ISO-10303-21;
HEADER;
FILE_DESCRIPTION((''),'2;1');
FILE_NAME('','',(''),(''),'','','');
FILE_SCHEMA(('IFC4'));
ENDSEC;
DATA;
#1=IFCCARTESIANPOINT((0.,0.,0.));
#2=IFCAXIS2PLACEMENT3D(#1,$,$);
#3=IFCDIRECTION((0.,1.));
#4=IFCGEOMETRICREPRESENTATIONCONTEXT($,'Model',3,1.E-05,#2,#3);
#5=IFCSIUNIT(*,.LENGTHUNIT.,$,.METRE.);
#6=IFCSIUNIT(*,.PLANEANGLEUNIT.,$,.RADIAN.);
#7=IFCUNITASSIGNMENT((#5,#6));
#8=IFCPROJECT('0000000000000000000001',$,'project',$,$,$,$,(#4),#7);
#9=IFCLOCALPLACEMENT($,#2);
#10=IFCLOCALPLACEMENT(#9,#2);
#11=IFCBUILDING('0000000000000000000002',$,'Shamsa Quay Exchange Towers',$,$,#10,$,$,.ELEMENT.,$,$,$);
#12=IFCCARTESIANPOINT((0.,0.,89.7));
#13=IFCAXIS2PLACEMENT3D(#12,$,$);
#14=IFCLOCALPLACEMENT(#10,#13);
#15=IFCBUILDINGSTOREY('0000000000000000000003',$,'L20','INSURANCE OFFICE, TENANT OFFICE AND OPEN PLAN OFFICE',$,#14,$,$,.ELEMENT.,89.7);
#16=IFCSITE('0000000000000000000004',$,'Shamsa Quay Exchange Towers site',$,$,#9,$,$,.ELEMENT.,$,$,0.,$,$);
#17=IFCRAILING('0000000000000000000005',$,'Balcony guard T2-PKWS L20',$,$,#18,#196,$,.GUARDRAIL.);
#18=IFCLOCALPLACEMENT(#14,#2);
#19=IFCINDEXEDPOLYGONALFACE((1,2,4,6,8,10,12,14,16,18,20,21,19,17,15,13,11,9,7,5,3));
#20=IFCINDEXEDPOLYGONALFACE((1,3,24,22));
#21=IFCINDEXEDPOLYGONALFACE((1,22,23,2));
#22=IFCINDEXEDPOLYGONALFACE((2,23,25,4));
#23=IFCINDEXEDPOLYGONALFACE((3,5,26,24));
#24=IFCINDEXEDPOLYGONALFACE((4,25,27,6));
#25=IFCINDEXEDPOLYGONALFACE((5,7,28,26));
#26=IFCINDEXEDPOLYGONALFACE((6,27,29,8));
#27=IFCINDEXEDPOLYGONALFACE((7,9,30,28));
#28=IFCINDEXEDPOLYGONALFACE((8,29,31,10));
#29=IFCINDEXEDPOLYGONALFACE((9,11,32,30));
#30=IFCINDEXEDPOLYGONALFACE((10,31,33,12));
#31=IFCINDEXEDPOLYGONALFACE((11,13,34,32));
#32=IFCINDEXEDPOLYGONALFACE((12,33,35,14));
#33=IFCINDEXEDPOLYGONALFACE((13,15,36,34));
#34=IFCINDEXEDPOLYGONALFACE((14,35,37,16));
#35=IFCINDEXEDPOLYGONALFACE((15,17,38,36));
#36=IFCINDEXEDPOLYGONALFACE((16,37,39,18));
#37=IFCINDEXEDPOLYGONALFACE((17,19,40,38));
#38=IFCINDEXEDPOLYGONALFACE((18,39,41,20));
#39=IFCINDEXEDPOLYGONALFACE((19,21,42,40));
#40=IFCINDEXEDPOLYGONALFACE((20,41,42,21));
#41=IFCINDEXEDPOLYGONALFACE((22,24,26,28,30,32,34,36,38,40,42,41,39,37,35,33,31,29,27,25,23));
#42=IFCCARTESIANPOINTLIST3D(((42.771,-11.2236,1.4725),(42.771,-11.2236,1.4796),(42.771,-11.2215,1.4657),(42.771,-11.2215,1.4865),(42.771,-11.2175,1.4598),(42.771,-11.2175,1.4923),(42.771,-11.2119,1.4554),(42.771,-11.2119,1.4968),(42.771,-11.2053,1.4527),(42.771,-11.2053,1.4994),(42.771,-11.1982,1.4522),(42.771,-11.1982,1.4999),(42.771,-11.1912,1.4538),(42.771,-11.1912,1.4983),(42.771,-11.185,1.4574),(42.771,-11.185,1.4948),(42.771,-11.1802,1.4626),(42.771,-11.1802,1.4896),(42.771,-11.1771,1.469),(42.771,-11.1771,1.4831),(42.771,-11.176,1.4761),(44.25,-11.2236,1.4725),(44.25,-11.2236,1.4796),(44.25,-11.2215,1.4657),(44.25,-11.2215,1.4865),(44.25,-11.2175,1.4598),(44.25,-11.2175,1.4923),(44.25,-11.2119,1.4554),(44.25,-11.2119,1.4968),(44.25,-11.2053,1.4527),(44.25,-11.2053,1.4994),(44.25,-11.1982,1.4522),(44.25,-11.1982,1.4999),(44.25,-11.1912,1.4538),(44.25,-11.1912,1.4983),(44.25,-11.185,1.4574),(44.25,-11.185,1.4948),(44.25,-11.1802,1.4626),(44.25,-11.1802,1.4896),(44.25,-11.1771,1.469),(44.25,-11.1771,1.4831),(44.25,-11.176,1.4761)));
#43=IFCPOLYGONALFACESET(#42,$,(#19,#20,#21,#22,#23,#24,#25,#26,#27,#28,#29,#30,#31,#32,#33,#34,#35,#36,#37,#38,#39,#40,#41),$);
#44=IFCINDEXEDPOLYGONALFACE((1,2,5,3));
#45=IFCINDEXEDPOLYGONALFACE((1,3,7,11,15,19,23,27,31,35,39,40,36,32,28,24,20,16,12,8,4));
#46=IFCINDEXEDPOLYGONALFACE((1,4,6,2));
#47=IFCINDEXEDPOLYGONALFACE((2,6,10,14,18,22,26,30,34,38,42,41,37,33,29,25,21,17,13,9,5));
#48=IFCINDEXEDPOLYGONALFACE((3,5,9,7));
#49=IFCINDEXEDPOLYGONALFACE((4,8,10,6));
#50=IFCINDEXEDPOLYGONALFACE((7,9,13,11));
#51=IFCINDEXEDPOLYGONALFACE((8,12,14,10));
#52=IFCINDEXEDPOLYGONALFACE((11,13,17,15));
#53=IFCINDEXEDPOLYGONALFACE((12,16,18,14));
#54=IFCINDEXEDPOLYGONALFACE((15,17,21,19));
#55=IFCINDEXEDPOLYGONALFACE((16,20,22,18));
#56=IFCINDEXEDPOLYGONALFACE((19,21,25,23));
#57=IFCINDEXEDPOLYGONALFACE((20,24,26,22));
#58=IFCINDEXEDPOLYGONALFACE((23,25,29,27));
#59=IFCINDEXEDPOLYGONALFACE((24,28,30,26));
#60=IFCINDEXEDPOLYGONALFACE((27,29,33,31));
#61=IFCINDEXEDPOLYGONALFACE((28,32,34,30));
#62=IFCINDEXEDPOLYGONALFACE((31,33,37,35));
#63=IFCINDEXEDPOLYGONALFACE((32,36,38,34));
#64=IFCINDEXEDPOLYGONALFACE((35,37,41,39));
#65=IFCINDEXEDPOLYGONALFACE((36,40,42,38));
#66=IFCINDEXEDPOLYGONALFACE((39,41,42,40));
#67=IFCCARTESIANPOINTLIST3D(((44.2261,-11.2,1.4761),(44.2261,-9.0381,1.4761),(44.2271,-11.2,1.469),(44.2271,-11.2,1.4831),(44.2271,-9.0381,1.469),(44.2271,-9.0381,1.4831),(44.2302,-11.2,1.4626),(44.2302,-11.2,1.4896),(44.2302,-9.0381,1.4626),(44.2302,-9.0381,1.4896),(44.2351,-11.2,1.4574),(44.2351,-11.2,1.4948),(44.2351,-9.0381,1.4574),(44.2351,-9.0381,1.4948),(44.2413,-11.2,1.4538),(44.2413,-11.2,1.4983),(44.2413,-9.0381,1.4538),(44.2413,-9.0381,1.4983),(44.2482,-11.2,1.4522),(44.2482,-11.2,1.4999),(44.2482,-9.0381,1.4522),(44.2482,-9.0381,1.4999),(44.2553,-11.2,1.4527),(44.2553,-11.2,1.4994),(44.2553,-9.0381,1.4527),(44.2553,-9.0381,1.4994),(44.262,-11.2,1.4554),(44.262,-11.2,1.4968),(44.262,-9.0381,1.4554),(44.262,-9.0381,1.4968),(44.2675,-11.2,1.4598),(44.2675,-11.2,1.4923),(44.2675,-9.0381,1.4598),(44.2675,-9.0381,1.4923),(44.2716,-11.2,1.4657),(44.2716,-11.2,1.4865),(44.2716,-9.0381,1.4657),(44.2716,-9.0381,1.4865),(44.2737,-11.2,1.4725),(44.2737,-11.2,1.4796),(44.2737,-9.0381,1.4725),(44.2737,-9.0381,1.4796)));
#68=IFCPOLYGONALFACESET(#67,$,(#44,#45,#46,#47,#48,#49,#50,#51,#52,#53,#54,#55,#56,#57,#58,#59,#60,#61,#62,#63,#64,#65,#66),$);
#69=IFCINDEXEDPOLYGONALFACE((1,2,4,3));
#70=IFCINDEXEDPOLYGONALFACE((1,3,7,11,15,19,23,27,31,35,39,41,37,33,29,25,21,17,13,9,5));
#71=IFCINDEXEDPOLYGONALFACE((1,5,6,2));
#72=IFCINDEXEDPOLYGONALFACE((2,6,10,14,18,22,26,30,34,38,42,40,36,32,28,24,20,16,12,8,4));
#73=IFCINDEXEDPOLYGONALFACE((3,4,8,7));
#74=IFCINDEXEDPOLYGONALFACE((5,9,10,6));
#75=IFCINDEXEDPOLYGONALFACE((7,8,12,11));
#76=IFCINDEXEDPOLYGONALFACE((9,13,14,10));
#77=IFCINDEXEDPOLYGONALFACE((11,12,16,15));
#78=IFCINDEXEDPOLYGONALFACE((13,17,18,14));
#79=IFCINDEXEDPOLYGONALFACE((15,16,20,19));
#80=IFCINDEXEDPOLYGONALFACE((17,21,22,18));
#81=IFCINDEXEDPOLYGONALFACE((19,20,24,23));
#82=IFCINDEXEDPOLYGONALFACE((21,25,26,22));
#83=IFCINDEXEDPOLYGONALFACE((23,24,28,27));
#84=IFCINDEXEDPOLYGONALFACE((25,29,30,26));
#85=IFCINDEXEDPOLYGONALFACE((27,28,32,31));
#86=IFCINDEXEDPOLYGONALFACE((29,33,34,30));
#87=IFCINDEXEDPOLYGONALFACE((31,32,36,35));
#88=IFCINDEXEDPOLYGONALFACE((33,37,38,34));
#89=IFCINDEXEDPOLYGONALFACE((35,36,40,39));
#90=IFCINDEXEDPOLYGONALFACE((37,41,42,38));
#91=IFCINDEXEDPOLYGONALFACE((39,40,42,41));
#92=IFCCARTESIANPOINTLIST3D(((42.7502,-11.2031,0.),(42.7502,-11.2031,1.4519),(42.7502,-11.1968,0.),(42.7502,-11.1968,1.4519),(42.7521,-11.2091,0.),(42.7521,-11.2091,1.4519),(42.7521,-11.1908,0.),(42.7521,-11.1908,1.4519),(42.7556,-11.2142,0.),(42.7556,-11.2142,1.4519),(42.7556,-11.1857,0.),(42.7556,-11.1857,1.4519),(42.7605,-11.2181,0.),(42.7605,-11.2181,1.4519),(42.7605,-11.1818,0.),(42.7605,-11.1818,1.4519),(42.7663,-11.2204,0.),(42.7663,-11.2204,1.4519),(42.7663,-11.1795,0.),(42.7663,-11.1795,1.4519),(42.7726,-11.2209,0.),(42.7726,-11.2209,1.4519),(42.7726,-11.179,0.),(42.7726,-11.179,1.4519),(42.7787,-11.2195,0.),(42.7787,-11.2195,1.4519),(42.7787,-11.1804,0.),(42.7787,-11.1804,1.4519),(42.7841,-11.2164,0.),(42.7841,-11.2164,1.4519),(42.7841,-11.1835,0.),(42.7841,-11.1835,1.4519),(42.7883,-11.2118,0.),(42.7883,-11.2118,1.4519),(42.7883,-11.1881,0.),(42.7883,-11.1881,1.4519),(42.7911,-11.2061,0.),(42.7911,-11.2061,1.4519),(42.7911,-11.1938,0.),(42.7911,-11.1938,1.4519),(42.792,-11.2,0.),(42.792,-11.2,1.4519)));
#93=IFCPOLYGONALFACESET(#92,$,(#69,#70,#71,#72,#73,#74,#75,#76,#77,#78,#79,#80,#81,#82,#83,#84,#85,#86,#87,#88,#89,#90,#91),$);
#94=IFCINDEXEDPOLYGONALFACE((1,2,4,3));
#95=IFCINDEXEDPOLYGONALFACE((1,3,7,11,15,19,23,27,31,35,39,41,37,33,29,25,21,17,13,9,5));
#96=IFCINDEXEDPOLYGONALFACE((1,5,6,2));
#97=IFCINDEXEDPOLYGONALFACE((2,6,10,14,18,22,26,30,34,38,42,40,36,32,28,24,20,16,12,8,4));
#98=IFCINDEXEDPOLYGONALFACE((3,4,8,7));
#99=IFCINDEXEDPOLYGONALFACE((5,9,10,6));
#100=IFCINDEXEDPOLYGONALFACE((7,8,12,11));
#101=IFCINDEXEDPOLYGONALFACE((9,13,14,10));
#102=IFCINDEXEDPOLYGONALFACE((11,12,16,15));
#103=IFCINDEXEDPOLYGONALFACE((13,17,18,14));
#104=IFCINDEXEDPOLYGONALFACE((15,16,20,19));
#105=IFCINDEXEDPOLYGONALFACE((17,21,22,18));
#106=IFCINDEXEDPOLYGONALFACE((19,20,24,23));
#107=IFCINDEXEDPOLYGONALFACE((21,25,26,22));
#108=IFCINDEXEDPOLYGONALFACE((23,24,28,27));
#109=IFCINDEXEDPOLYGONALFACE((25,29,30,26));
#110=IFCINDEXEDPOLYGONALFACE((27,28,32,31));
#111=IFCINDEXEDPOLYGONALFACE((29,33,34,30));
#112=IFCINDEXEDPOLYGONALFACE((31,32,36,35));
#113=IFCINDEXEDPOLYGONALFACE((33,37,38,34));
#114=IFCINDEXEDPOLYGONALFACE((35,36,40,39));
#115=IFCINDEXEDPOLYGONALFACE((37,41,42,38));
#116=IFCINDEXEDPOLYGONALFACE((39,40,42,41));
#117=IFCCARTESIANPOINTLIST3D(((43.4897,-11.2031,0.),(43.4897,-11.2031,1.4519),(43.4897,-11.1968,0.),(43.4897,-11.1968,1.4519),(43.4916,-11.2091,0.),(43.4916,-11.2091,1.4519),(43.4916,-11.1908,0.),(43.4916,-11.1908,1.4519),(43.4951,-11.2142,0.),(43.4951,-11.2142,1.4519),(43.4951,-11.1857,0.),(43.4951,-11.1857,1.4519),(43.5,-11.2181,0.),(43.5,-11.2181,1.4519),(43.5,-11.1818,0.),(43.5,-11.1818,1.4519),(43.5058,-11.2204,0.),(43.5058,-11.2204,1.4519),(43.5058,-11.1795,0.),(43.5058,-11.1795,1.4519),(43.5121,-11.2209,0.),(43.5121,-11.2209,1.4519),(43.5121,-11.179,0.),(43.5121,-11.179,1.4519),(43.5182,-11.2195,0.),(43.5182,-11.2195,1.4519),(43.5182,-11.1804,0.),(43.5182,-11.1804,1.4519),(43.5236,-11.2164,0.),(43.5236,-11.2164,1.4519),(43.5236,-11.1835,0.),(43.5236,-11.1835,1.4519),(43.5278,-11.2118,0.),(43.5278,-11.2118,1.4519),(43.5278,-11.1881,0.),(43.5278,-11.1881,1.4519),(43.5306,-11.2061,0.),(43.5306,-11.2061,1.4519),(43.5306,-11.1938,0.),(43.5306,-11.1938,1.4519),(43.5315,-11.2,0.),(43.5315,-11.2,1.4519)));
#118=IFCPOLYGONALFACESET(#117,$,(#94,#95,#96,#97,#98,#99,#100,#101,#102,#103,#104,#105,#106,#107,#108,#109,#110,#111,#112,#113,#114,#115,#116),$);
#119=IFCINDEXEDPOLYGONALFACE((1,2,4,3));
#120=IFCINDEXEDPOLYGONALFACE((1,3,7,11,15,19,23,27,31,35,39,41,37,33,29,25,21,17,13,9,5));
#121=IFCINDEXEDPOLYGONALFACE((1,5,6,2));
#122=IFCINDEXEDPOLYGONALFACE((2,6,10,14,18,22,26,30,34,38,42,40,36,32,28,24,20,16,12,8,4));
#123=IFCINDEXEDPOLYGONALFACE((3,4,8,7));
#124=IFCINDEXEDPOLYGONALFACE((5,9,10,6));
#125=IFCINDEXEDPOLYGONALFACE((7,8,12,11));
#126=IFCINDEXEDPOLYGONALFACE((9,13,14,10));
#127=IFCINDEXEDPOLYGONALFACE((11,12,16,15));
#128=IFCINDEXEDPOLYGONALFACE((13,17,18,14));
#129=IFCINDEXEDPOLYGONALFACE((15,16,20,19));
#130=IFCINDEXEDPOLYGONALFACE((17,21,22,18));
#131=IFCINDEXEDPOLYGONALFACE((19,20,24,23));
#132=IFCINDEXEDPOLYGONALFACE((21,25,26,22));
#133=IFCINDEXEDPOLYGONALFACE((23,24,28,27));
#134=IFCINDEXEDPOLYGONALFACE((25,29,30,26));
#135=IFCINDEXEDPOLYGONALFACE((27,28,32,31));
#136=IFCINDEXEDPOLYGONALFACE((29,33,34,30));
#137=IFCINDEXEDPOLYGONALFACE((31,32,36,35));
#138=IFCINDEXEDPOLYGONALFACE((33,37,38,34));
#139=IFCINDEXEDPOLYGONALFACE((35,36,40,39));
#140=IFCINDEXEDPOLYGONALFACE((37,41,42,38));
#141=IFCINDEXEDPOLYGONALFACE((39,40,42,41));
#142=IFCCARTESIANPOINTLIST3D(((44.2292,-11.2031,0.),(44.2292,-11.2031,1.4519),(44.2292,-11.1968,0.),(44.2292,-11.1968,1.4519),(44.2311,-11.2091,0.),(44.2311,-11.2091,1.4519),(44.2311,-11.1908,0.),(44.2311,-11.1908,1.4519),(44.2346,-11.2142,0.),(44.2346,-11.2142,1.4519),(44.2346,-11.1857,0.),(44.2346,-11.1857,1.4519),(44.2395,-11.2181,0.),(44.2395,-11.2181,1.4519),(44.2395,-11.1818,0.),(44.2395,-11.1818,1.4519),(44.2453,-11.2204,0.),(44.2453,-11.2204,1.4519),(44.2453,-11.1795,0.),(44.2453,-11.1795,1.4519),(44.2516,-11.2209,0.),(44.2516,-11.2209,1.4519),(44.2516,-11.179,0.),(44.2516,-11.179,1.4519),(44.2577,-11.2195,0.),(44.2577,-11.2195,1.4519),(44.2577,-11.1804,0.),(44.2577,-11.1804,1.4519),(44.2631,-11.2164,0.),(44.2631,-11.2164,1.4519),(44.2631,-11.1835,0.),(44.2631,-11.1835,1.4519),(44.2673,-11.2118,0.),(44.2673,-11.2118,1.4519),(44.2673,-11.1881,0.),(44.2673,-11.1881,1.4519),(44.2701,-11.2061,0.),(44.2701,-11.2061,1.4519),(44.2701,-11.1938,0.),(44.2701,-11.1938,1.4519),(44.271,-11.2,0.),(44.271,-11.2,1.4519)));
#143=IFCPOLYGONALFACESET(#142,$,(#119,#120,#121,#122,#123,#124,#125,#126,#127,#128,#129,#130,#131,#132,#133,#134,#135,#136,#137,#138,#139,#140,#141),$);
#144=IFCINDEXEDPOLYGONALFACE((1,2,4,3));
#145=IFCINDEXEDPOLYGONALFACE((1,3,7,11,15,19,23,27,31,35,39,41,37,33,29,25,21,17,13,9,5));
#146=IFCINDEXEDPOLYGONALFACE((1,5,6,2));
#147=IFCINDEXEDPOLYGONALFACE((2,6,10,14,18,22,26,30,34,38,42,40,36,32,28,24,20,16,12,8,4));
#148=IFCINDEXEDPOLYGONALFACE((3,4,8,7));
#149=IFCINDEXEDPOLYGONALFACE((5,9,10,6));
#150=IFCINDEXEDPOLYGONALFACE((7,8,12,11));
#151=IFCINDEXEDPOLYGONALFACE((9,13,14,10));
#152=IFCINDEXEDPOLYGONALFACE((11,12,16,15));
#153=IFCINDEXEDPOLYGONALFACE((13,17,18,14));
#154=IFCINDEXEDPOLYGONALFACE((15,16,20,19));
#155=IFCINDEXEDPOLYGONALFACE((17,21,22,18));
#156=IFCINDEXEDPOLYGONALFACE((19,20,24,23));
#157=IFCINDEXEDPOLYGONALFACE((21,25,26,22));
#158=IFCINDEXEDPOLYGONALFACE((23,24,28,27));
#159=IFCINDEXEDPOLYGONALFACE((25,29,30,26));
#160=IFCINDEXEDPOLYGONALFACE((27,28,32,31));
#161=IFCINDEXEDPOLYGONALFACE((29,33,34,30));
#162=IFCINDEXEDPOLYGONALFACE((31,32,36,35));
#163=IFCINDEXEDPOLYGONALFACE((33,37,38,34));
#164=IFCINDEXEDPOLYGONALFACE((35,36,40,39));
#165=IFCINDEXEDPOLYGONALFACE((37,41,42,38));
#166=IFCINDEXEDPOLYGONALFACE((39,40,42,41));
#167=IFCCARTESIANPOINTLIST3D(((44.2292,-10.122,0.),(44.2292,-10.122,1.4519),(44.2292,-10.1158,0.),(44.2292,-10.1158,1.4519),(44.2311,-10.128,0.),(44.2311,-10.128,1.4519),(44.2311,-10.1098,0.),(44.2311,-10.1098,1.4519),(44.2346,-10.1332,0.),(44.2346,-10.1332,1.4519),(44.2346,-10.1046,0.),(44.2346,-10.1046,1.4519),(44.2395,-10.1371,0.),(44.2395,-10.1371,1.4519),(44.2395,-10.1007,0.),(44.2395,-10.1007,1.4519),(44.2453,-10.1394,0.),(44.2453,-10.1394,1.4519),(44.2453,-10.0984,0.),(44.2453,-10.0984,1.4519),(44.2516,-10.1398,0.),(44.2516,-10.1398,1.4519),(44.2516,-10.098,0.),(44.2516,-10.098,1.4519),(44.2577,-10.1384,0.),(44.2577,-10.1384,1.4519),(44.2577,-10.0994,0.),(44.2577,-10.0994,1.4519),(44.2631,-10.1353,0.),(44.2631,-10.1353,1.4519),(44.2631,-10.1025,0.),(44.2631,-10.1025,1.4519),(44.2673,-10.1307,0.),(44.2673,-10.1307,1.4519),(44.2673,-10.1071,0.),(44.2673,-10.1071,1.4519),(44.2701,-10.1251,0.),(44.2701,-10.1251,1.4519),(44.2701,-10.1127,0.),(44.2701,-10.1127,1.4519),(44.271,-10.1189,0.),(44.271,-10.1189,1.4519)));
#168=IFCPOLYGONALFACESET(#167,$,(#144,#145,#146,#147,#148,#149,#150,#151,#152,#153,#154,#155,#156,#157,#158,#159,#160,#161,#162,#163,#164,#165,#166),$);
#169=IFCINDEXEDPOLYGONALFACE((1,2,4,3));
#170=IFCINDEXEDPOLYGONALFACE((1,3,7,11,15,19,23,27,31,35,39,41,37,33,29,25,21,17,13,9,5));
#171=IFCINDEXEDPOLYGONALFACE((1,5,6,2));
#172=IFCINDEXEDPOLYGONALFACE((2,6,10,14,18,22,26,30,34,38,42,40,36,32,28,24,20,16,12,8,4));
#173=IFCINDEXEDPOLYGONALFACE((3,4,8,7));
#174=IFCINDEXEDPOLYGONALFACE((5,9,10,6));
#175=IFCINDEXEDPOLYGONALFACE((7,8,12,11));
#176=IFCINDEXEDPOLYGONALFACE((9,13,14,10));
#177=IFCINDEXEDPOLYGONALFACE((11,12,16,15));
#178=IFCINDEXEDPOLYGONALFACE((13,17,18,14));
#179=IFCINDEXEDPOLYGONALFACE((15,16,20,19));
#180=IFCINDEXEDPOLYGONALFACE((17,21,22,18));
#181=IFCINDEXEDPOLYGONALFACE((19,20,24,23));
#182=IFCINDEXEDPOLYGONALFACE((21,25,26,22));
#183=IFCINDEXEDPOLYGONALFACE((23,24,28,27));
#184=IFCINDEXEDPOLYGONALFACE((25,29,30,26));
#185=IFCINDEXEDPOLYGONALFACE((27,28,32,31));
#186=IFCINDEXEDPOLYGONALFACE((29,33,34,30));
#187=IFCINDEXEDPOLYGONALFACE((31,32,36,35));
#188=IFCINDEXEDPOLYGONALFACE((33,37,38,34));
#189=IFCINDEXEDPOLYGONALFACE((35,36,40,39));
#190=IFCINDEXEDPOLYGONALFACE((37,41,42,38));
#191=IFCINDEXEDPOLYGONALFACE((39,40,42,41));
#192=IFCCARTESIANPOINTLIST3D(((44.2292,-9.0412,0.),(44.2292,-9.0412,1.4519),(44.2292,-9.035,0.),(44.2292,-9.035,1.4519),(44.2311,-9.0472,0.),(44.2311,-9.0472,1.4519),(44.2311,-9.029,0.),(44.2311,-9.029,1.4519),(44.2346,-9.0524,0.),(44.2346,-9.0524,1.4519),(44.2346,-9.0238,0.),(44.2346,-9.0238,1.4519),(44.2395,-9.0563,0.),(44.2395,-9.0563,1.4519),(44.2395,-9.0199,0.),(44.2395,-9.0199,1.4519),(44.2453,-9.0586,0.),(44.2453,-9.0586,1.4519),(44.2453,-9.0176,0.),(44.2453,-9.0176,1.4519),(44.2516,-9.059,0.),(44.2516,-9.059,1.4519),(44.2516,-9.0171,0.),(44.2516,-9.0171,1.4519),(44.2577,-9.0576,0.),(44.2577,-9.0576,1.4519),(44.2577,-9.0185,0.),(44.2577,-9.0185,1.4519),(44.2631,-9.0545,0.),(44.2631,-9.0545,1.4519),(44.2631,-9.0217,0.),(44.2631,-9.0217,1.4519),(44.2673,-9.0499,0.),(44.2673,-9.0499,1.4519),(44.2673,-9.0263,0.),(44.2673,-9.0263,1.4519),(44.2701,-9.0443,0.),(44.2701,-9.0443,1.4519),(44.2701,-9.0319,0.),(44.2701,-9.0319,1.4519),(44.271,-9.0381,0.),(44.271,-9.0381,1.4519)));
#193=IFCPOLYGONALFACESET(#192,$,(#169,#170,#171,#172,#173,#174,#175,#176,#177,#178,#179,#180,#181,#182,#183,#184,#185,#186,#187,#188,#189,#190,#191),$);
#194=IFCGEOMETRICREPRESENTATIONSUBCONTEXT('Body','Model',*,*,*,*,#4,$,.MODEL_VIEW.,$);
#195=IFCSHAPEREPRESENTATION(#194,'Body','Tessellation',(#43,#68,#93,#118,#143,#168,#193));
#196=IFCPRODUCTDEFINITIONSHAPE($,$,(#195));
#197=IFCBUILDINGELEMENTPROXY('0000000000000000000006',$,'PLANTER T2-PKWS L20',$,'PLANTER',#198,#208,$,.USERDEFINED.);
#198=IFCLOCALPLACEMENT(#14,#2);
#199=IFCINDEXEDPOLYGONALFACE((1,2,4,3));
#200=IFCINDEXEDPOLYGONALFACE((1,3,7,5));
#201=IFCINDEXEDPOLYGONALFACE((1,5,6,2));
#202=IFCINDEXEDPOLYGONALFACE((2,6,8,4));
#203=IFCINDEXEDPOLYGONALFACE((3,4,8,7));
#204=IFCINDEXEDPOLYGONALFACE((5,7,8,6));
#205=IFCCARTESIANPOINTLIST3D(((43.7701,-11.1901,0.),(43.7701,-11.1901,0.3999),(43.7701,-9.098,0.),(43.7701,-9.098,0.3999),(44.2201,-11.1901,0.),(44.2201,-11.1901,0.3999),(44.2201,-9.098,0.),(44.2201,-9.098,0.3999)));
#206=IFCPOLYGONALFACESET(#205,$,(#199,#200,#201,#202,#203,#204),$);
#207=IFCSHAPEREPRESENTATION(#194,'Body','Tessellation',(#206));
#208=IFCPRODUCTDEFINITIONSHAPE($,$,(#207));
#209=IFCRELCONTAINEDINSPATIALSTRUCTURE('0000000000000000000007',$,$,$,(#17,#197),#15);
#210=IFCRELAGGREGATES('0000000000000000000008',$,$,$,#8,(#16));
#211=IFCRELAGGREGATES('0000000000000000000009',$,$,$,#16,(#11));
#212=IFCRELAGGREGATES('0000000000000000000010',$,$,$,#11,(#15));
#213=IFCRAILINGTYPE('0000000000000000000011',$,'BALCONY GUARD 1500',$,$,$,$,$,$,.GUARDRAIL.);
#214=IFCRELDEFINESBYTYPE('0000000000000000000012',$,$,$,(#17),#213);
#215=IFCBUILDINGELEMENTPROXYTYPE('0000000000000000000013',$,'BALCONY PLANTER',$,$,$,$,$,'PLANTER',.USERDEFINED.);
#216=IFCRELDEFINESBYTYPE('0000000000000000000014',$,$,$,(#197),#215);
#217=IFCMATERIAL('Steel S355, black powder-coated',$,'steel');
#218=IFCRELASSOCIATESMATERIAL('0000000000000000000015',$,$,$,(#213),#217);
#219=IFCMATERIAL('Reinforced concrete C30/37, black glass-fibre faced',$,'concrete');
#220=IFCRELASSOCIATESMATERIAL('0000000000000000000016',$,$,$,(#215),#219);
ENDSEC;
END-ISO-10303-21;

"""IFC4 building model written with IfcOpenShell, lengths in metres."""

from ifc_helpers import new_model, si_unit, direction, frame, origin, origin_2d, place, context, subcontext, project, spatial, rectangle, circle, extrude, material, type_object, element, save


model = new_model("IFC4")

# Units and contexts
model_context = context("Model", 3, precision=1e-05, world=origin(), true_north=direction((0.0, 1.0)))
body_context = subcontext(model_context, "Body", "Model", "MODEL_VIEW")
ifc_project = project(units=[si_unit("LENGTHUNIT", "METRE"), si_unit("PLANEANGLEUNIT", "RADIAN")], contexts=[model_context])

# Site, building, storey
site_placement = place(None, origin())
site = spatial("IfcSite", under=ifc_project, at=site_placement, Name="Shamsa Quay Exchange Towers site", CompositionType="ELEMENT", RefElevation=0.0)
building_placement = place(site_placement, origin())
building = spatial("IfcBuilding", under=site, at=building_placement, Name="Shamsa Quay Exchange Towers", CompositionType="ELEMENT")
storey_placement = place(building_placement, frame((0.0, 0.0, 89.7)))
storey = spatial("IfcBuildingStorey", under=building, at=storey_placement, Name="L20", Description="INSURANCE OFFICE, TENANT OFFICE AND OPEN PLAN OFFICE", CompositionType="ELEMENT", Elevation=89.7)

# Railing
ifc_material_1 = material(Name="Steel S355, black powder-coated", Category="steel")
railing_type = type_object("IfcRailingType", Name="BALCONY GUARD 1500", PredefinedType="GUARDRAIL", material=ifc_material_1)
railing_placement = place(storey_placement, frame((42.771, -11.2, 0.0)))
element("IfcRailing", 1, at=railing_placement, inside=storey, type_object=railing_type, Name="Balcony guard T2-PKWS L20", PredefinedType="GUARDRAIL", context=body_context, shape_type="SweptSolid", body=[
    extrude(circle(Radius=0.0239, at=origin_2d()), frame((0.0, 0.0, 1.4761), z_axis=(1.0, 0.0, 0.0), x_axis=(0.0, 1.0, 0.0)), (0.0, 0.0, 1.0), 1.479),
    extrude(circle(Radius=0.0239, at=origin_2d()), frame((1.479, 0.0, 1.4761), z_axis=(0.0, 1.0, 0.0), x_axis=(-1.0, 0.0, 0.0)), (0.0, 0.0, 1.0), 2.1619),
    extrude(circle(Radius=0.021, at=origin_2d()), origin(), (0.0, 0.0, 1.0), 1.4519),
    extrude(circle(Radius=0.021, at=origin_2d()), frame((0.7395, 0.0, 0.0)), (0.0, 0.0, 1.0), 1.4519),
    extrude(circle(Radius=0.021, at=origin_2d()), frame((1.479, 0.0, 0.0)), (0.0, 0.0, 1.0), 1.4519),
    extrude(circle(Radius=0.021, at=origin_2d()), frame((1.479, 1.0811, 0.0)), (0.0, 0.0, 1.0), 1.4519),
    extrude(circle(Radius=0.021, at=origin_2d()), frame((1.479, 2.1619, 0.0)), (0.0, 0.0, 1.0), 1.4519),
])

# Building element proxy
ifc_material_2 = material(Name="Reinforced concrete C30/37, black glass-fibre faced", Category="concrete")
building_element_proxy_type = type_object("IfcBuildingElementProxyType", Name="BALCONY PLANTER", ElementType="PLANTER", PredefinedType="USERDEFINED", material=ifc_material_2)
proxy_placement = place(storey_placement, frame((43.9951, -10.144, 0.0), z_axis=(0.0, 0.0, 1.0), x_axis=(0.0, 1.0, 0.0)))
element("IfcBuildingElementProxy", 2, at=proxy_placement, inside=storey, type_object=building_element_proxy_type, Name="PLANTER T2-PKWS L20", ObjectType="PLANTER", PredefinedType="USERDEFINED", context=body_context, shape_type="SweptSolid", body=[
    extrude(rectangle(XDim=2.092, YDim=0.45, at=origin_2d()), origin(), (0.0, 0.0, 1.0), 0.3999),
])

save(model, "model.ifc")
